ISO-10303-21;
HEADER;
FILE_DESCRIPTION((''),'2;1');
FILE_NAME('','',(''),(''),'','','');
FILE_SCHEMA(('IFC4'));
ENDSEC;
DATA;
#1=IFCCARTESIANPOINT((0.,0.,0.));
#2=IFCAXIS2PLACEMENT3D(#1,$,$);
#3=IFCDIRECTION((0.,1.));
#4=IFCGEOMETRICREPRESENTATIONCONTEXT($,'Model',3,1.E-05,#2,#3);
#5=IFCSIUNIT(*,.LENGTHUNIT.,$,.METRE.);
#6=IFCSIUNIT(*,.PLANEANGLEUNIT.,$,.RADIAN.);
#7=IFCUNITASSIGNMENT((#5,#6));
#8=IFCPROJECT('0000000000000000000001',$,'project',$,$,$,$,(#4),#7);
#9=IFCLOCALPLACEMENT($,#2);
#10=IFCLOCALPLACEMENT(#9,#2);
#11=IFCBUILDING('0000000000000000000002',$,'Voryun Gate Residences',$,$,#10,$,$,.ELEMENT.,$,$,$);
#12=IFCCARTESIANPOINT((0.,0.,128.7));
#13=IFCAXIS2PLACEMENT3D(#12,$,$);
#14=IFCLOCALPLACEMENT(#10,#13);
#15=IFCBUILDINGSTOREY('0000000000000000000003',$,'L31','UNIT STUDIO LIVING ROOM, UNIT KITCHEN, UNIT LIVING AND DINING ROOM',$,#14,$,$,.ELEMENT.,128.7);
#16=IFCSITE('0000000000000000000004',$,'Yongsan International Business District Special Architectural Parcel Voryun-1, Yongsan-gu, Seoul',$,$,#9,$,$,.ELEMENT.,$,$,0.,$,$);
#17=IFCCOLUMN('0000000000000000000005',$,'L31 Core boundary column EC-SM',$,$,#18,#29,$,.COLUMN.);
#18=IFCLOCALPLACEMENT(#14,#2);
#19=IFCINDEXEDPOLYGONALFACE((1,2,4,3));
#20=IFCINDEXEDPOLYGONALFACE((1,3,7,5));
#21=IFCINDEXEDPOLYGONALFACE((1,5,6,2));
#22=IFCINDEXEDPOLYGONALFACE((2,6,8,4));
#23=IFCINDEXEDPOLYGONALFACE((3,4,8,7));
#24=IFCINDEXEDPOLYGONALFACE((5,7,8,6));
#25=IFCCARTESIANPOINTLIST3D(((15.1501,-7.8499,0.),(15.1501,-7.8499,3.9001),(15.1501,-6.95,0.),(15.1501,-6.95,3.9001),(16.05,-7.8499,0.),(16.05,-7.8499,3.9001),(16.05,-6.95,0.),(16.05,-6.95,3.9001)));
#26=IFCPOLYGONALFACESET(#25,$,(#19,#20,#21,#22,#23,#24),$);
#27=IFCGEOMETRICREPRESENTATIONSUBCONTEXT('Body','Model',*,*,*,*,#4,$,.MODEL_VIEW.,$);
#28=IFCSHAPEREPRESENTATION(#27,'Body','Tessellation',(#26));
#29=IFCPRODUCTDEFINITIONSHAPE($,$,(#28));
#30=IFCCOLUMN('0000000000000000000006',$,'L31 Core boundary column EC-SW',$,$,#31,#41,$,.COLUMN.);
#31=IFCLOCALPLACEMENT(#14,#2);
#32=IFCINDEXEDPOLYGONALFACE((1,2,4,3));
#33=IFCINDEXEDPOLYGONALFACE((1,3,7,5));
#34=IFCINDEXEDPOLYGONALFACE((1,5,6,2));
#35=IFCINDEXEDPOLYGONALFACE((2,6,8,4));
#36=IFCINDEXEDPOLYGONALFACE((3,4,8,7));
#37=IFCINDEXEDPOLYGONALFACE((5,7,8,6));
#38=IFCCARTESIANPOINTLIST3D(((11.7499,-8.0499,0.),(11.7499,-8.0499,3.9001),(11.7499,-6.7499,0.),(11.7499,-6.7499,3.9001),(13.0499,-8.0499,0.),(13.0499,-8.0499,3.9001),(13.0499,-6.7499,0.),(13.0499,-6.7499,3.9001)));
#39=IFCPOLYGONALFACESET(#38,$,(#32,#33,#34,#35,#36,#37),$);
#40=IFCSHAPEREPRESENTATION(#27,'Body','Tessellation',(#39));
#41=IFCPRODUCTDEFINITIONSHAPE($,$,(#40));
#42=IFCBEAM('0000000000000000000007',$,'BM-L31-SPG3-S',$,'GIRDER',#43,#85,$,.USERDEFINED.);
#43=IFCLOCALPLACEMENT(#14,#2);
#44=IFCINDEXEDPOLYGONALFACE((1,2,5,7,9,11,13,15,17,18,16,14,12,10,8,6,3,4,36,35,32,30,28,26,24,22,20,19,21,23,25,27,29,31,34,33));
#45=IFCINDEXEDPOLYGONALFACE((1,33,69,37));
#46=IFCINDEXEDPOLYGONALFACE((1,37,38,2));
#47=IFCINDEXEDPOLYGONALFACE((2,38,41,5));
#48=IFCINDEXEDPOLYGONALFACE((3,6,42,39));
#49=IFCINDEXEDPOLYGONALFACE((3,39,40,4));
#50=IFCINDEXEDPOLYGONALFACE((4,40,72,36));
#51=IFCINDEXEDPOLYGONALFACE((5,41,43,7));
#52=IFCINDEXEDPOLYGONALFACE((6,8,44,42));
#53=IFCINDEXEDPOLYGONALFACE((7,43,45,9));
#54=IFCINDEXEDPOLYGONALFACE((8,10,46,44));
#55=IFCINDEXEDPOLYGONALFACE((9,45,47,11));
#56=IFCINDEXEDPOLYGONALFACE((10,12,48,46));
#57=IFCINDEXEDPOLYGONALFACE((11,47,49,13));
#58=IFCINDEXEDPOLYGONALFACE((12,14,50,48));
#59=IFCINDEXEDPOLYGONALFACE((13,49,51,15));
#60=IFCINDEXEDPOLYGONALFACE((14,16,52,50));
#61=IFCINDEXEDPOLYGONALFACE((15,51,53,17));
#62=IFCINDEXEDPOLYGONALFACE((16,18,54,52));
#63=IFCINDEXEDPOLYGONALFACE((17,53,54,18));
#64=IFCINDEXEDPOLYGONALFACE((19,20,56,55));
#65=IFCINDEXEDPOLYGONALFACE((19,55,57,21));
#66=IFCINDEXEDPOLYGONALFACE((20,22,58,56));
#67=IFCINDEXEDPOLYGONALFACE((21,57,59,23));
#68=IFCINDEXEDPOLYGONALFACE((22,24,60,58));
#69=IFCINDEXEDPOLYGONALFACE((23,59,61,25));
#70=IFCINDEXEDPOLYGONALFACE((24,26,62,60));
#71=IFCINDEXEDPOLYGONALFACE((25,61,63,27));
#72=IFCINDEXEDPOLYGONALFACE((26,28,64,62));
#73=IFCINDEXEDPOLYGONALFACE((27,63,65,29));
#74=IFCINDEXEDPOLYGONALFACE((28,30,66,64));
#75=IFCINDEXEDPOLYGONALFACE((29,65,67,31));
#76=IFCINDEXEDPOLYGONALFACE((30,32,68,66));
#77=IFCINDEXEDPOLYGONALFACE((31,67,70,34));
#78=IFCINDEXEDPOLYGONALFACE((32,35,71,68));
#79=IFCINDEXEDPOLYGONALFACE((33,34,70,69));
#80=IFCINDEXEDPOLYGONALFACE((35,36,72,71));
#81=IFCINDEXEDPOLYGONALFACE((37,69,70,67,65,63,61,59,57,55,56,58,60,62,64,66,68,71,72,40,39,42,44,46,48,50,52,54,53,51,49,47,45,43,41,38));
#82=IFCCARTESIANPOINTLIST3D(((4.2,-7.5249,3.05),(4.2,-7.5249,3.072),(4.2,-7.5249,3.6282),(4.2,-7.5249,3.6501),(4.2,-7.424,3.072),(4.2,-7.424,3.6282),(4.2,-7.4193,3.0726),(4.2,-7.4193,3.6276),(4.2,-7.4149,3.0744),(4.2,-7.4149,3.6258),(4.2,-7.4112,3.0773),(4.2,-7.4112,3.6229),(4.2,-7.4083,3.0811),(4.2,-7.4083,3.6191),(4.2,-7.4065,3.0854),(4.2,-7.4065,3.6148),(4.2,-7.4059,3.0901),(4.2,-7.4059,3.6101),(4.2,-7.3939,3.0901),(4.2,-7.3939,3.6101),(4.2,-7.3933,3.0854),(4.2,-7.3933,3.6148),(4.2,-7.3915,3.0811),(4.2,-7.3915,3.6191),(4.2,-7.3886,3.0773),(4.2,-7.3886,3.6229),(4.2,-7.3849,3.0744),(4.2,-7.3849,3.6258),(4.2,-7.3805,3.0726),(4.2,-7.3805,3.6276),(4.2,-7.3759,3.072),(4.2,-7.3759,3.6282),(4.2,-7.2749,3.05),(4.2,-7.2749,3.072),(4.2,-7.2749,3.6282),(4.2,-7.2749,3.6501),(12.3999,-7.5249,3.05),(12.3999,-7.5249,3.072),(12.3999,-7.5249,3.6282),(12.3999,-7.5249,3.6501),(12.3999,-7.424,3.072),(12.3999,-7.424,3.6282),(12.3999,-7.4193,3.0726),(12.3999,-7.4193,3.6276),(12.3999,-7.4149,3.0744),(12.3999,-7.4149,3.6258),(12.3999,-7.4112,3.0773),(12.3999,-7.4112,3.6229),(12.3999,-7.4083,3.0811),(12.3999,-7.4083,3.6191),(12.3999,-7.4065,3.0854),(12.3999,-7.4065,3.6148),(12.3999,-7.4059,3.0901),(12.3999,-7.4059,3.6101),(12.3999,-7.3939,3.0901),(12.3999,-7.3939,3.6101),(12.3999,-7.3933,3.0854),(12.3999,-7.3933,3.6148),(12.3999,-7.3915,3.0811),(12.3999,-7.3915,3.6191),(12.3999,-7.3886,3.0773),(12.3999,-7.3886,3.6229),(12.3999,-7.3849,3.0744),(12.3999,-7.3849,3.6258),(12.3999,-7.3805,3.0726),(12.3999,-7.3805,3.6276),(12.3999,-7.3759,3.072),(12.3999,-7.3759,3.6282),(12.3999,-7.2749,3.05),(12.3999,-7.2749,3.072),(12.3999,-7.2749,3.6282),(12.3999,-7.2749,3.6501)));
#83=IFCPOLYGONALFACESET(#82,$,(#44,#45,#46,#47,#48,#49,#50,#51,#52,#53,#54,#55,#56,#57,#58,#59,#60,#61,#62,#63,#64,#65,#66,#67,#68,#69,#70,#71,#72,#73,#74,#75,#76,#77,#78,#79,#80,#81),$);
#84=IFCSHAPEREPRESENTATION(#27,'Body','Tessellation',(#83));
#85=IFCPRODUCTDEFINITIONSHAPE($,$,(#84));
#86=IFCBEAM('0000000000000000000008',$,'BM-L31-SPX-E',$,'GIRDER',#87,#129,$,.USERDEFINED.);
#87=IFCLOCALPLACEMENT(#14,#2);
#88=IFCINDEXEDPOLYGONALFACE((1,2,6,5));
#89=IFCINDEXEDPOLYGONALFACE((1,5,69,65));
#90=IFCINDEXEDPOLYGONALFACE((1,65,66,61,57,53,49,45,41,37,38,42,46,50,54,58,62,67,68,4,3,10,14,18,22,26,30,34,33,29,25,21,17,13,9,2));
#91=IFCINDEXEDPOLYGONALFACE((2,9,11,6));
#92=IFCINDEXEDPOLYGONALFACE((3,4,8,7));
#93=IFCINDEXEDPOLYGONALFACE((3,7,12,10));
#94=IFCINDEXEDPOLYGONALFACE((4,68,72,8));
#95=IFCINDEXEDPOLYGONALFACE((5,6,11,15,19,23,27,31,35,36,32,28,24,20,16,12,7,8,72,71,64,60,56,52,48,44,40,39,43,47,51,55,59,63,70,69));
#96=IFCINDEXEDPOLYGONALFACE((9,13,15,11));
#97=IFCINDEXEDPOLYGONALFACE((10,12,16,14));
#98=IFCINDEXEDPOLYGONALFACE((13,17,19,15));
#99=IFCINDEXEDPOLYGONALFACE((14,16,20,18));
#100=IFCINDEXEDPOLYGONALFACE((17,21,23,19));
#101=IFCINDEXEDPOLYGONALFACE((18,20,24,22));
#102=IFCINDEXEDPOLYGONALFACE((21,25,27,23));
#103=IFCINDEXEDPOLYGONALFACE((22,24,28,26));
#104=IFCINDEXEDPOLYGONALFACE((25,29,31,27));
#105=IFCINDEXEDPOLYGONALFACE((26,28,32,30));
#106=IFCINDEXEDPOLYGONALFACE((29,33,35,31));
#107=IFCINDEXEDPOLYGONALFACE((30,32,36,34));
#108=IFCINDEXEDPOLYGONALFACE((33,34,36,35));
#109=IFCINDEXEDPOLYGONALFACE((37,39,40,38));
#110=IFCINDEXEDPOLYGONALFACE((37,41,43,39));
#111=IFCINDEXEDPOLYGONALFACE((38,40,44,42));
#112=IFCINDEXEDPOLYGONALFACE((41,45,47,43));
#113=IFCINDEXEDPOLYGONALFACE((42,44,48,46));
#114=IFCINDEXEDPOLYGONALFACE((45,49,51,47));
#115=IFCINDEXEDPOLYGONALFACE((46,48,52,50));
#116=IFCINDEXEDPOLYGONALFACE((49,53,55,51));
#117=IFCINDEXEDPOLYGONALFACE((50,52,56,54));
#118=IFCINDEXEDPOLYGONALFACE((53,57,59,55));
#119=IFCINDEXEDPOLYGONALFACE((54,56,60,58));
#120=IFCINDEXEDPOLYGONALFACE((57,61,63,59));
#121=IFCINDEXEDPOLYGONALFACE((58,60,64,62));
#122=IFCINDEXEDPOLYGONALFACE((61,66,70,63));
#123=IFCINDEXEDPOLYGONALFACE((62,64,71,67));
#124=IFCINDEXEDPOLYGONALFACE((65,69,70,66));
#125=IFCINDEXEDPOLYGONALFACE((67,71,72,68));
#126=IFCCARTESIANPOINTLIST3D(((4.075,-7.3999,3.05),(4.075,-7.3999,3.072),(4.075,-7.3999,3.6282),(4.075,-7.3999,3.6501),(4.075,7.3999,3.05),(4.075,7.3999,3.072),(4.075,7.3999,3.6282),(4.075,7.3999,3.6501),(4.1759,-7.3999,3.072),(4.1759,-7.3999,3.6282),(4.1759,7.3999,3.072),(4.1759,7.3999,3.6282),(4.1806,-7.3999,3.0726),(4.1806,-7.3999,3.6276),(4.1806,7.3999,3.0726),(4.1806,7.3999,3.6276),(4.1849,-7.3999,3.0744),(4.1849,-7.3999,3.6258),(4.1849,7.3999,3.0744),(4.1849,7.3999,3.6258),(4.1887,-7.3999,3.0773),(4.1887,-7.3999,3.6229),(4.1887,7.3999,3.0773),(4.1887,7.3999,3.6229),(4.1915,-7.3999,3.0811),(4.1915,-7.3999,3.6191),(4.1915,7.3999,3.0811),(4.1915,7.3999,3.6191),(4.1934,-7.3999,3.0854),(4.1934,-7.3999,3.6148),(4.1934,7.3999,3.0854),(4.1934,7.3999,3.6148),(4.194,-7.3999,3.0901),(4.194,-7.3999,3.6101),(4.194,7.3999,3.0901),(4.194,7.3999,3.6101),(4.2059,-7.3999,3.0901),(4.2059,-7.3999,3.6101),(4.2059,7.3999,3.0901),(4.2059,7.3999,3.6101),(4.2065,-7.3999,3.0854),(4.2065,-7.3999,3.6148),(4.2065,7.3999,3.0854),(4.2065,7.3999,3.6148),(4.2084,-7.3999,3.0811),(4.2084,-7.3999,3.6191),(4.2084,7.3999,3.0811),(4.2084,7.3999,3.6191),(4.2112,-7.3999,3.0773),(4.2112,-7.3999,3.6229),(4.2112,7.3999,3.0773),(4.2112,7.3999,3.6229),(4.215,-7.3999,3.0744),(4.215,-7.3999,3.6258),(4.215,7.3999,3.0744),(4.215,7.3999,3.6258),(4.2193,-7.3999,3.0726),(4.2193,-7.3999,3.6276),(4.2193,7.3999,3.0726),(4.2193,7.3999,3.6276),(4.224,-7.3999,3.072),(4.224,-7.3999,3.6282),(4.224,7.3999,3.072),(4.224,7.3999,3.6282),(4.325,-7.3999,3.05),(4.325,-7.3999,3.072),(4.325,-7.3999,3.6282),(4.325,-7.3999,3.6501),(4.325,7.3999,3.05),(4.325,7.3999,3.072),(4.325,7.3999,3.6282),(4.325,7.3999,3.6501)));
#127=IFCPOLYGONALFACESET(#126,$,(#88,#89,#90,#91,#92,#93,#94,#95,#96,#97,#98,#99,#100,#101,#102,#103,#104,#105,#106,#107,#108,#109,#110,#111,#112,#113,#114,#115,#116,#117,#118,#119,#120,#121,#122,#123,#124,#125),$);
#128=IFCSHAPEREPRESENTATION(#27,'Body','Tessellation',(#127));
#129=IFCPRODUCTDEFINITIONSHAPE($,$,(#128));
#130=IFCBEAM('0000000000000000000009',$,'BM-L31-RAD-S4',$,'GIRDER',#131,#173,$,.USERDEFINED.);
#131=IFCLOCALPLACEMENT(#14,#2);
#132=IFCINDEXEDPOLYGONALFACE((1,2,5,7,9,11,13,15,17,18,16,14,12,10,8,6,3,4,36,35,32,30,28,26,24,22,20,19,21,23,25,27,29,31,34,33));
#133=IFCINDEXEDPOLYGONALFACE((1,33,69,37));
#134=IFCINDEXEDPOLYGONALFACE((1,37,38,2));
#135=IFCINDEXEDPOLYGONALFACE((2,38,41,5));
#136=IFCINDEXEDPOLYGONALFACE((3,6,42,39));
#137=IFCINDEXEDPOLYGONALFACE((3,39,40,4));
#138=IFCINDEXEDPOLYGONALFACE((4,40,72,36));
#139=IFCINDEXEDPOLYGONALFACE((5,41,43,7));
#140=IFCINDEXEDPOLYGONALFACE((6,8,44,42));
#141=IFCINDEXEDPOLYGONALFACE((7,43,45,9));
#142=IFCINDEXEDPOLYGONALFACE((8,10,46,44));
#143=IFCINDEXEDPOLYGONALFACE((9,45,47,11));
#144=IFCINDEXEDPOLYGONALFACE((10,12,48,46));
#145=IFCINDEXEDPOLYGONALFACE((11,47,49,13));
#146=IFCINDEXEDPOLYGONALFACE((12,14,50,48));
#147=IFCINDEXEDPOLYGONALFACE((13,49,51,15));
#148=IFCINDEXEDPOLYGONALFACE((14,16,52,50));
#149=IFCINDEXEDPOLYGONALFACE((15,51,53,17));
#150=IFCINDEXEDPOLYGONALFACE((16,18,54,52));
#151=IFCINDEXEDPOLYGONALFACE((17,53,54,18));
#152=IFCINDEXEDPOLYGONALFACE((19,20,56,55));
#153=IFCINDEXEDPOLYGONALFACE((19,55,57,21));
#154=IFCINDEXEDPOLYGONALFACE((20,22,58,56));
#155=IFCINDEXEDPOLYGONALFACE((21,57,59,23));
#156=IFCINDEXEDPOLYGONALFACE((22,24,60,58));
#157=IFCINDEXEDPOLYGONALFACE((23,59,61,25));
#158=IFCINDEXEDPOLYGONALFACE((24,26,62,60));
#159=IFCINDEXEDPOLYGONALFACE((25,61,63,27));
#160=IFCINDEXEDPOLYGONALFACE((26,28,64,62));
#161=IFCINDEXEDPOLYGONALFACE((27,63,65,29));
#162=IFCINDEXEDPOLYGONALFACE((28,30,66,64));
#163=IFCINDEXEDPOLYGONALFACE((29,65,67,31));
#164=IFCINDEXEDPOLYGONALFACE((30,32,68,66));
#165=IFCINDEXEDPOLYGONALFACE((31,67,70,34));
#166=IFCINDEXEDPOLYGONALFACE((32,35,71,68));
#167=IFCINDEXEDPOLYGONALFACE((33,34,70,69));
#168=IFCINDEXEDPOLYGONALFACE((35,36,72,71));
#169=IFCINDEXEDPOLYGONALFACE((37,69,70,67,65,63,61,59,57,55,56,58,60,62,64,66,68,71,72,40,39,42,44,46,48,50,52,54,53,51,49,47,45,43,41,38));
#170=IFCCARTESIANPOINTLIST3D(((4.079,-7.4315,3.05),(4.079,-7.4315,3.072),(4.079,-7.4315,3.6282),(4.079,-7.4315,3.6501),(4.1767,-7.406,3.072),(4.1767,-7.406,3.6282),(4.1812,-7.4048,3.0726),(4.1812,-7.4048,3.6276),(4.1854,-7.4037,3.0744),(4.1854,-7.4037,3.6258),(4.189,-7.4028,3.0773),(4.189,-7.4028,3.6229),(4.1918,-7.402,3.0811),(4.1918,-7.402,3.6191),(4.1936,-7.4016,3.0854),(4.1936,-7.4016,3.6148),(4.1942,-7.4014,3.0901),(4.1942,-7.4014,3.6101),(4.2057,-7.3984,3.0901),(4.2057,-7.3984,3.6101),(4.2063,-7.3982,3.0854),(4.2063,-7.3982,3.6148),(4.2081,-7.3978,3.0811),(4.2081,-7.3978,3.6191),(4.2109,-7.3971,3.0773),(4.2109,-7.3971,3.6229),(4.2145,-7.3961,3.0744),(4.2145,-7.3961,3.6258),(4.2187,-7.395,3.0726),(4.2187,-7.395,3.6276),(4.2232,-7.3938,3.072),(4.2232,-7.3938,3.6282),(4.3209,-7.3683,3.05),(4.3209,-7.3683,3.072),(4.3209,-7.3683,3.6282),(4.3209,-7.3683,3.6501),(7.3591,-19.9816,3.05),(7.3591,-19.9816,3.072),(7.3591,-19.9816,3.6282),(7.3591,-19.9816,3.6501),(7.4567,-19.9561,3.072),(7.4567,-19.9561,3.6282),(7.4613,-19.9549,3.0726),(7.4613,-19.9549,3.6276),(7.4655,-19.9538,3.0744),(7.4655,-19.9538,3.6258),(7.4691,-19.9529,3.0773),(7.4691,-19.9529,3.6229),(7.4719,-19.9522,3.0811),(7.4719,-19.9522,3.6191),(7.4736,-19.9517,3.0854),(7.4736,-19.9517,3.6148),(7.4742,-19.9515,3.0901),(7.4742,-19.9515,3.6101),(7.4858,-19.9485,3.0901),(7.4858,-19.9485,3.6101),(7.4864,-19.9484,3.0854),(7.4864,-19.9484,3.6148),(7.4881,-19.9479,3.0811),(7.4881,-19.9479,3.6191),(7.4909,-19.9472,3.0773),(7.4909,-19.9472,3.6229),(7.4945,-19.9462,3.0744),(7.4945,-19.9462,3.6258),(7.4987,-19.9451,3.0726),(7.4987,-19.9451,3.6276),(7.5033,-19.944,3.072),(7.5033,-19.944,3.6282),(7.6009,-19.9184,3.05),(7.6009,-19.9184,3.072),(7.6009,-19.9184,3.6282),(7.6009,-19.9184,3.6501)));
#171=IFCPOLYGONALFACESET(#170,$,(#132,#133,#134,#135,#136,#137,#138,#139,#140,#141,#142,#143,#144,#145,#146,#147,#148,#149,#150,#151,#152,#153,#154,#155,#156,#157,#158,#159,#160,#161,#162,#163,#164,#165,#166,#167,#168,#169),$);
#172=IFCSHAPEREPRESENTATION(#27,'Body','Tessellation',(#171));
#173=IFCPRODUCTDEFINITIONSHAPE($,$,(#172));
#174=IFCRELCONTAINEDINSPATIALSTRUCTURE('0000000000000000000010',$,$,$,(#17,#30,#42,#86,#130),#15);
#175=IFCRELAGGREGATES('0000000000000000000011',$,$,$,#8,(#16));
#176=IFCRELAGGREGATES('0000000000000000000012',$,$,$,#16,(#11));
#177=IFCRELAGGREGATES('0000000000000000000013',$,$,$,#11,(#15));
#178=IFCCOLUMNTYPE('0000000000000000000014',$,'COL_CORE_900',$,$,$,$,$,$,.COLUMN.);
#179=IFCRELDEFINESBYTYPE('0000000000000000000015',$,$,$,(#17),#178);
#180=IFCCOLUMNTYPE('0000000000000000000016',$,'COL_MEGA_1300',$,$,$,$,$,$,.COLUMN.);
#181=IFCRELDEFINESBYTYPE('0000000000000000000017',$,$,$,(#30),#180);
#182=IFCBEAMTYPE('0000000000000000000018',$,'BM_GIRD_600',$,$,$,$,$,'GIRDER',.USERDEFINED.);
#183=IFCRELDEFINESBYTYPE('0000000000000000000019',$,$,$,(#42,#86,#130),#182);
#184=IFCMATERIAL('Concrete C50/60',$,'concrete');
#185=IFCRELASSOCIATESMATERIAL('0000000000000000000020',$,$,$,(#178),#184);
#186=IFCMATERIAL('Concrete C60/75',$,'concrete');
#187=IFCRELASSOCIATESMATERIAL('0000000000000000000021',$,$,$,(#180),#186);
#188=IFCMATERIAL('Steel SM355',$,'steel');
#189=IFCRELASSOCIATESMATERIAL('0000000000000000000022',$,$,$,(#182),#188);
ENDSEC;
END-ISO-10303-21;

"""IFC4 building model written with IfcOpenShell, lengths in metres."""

from ifc_helpers import new_model, si_unit, direction, frame, origin, origin_2d, place, context, subcontext, project, spatial, rectangle, i_section, extrude, material, material_profile, profile_set, type_object, element, save


model = new_model("IFC4")

# Units and contexts
model_context = context("Model", 3, precision=1e-05, world=origin(), true_north=direction((0.0, 1.0)))
body_context = subcontext(model_context, "Body", "Model", "MODEL_VIEW")
ifc_project = project(units=[si_unit("LENGTHUNIT", "METRE"), si_unit("PLANEANGLEUNIT", "RADIAN")], contexts=[model_context])

# Site, building, storey
site_placement = place(None, origin())
site = spatial("IfcSite", under=ifc_project, at=site_placement, Name="Yongsan International Business District Special Architectural Parcel Voryun-1, Yongsan-gu, Seoul", CompositionType="ELEMENT", RefElevation=0.0)
building_placement = place(site_placement, origin())
building = spatial("IfcBuilding", under=site, at=building_placement, Name="Voryun Gate Residences", CompositionType="ELEMENT")
storey_placement = place(building_placement, frame((0.0, 0.0, 128.7)))
storey = spatial("IfcBuildingStorey", under=building, at=storey_placement, Name="L31", Description="UNIT STUDIO LIVING ROOM, UNIT KITCHEN, UNIT LIVING AND DINING ROOM", CompositionType="ELEMENT", Elevation=128.7)

# Columns
ifc_material_1 = material(Name="Concrete C50/60", Category="concrete")
ifc_material_profile_1 = material_profile(ifc_material_1, rectangle(XDim=0.8999, YDim=0.8999, at=origin_2d()), Name="RC-900x900")
ifc_profile_set_1 = profile_set([ifc_material_profile_1], Name="Concrete C50/60")
column_type_1 = type_object("IfcColumnType", Name="COL_CORE_900", PredefinedType="COLUMN", material=ifc_profile_set_1)
column_1_placement = place(storey_placement, frame((15.6001, -7.3999, 0.0), z_axis=(0.0, 0.0, 1.0), x_axis=(1.0, 0.0, 0.0)))
element("IfcColumn", 1, at=column_1_placement, inside=storey, type_object=column_type_1, Name="L31 Core boundary column EC-SM", PredefinedType="COLUMN", context=body_context, shape_type="SweptSolid", body=[
    extrude(rectangle(XDim=0.8999, YDim=0.8999, at=origin_2d()), origin(), (0.0, 0.0, 1.0), 3.9001),
])
ifc_material_2 = material(Name="Concrete C60/75", Category="concrete")
ifc_material_profile_2 = material_profile(ifc_material_2, rectangle(XDim=1.3, YDim=1.3, at=origin_2d()), Name="RC-1300x1300")
ifc_profile_set_2 = profile_set([ifc_material_profile_2], Name="Concrete C60/75")
column_type_2 = type_object("IfcColumnType", Name="COL_MEGA_1300", PredefinedType="COLUMN", material=ifc_profile_set_2)
column_2_placement = place(storey_placement, frame((12.3999, -7.3999, 0.0), z_axis=(0.0, 0.0, 1.0), x_axis=(1.0, 0.0, 0.0)))
element("IfcColumn", 2, at=column_2_placement, inside=storey, type_object=column_type_2, Name="L31 Core boundary column EC-SW", PredefinedType="COLUMN", context=body_context, shape_type="SweptSolid", body=[
    extrude(rectangle(XDim=1.3, YDim=1.3, at=origin_2d()), origin(), (0.0, 0.0, 1.0), 3.9001),
])

# Beams
ifc_material_3 = material(Name="Steel SM355", Category="steel")
ifc_material_profile_3 = material_profile(ifc_material_3, i_section(OverallWidth=0.25, OverallDepth=0.6001, WebThickness=0.012, FlangeThickness=0.022, FilletRadius=0.0181, at=origin_2d()), Name="H-600x250x12x22")
ifc_profile_set_3 = profile_set([ifc_material_profile_3], Name="Steel SM355")
beam_type_1 = type_object("IfcBeamType", Name="BM_GIRD_600", ElementType="GIRDER", PredefinedType="USERDEFINED", material=ifc_profile_set_3)
beam_1_placement = place(storey_placement, frame((4.2, -7.3999, 3.3501), z_axis=(1.0, 0.0, 0.0), x_axis=(0.0, 1.0, 0.0)))
element("IfcBeam", 3, at=beam_1_placement, inside=storey, type_object=beam_type_1, Name="BM-L31-SPG3-S", ObjectType="GIRDER", PredefinedType="USERDEFINED", context=body_context, shape_type="SweptSolid", body=[
    extrude(i_section(OverallWidth=0.25, OverallDepth=0.6001, WebThickness=0.012, FlangeThickness=0.022, FilletRadius=0.0181, at=origin_2d()), origin(), (0.0, 0.0, 1.0), 8.2),
])
beam_2_placement = place(storey_placement, frame((4.2, -7.3999, 3.3501), z_axis=(0.0, 1.0, 0.0), x_axis=(-1.0, 0.0, 0.0)))
element("IfcBeam", 4, at=beam_2_placement, inside=storey, type_object=beam_type_1, Name="BM-L31-SPX-E", ObjectType="GIRDER", PredefinedType="USERDEFINED", context=body_context, shape_type="SweptSolid", body=[
    extrude(i_section(OverallWidth=0.25, OverallDepth=0.6001, WebThickness=0.012, FlangeThickness=0.022, FilletRadius=0.0181, at=origin_2d()), origin(), (0.0, 0.0, 1.0), 14.7998),
])
beam_3_placement = place(storey_placement, frame((4.2, -7.3999, 3.3501), z_axis=(0.252862, -0.967502, 0.0), x_axis=(0.967502, 0.252862, 0.0)))
element("IfcBeam", 5, at=beam_3_placement, inside=storey, type_object=beam_type_1, Name="BM-L31-RAD-S4", ObjectType="GIRDER", PredefinedType="USERDEFINED", context=body_context, shape_type="SweptSolid", body=[
    extrude(i_section(OverallWidth=0.25, OverallDepth=0.6001, WebThickness=0.012, FlangeThickness=0.022, FilletRadius=0.0181, at=origin_2d()), origin(), (0.0, 0.0, 1.0), 12.9717),
])

save(model, "model.ifc")
